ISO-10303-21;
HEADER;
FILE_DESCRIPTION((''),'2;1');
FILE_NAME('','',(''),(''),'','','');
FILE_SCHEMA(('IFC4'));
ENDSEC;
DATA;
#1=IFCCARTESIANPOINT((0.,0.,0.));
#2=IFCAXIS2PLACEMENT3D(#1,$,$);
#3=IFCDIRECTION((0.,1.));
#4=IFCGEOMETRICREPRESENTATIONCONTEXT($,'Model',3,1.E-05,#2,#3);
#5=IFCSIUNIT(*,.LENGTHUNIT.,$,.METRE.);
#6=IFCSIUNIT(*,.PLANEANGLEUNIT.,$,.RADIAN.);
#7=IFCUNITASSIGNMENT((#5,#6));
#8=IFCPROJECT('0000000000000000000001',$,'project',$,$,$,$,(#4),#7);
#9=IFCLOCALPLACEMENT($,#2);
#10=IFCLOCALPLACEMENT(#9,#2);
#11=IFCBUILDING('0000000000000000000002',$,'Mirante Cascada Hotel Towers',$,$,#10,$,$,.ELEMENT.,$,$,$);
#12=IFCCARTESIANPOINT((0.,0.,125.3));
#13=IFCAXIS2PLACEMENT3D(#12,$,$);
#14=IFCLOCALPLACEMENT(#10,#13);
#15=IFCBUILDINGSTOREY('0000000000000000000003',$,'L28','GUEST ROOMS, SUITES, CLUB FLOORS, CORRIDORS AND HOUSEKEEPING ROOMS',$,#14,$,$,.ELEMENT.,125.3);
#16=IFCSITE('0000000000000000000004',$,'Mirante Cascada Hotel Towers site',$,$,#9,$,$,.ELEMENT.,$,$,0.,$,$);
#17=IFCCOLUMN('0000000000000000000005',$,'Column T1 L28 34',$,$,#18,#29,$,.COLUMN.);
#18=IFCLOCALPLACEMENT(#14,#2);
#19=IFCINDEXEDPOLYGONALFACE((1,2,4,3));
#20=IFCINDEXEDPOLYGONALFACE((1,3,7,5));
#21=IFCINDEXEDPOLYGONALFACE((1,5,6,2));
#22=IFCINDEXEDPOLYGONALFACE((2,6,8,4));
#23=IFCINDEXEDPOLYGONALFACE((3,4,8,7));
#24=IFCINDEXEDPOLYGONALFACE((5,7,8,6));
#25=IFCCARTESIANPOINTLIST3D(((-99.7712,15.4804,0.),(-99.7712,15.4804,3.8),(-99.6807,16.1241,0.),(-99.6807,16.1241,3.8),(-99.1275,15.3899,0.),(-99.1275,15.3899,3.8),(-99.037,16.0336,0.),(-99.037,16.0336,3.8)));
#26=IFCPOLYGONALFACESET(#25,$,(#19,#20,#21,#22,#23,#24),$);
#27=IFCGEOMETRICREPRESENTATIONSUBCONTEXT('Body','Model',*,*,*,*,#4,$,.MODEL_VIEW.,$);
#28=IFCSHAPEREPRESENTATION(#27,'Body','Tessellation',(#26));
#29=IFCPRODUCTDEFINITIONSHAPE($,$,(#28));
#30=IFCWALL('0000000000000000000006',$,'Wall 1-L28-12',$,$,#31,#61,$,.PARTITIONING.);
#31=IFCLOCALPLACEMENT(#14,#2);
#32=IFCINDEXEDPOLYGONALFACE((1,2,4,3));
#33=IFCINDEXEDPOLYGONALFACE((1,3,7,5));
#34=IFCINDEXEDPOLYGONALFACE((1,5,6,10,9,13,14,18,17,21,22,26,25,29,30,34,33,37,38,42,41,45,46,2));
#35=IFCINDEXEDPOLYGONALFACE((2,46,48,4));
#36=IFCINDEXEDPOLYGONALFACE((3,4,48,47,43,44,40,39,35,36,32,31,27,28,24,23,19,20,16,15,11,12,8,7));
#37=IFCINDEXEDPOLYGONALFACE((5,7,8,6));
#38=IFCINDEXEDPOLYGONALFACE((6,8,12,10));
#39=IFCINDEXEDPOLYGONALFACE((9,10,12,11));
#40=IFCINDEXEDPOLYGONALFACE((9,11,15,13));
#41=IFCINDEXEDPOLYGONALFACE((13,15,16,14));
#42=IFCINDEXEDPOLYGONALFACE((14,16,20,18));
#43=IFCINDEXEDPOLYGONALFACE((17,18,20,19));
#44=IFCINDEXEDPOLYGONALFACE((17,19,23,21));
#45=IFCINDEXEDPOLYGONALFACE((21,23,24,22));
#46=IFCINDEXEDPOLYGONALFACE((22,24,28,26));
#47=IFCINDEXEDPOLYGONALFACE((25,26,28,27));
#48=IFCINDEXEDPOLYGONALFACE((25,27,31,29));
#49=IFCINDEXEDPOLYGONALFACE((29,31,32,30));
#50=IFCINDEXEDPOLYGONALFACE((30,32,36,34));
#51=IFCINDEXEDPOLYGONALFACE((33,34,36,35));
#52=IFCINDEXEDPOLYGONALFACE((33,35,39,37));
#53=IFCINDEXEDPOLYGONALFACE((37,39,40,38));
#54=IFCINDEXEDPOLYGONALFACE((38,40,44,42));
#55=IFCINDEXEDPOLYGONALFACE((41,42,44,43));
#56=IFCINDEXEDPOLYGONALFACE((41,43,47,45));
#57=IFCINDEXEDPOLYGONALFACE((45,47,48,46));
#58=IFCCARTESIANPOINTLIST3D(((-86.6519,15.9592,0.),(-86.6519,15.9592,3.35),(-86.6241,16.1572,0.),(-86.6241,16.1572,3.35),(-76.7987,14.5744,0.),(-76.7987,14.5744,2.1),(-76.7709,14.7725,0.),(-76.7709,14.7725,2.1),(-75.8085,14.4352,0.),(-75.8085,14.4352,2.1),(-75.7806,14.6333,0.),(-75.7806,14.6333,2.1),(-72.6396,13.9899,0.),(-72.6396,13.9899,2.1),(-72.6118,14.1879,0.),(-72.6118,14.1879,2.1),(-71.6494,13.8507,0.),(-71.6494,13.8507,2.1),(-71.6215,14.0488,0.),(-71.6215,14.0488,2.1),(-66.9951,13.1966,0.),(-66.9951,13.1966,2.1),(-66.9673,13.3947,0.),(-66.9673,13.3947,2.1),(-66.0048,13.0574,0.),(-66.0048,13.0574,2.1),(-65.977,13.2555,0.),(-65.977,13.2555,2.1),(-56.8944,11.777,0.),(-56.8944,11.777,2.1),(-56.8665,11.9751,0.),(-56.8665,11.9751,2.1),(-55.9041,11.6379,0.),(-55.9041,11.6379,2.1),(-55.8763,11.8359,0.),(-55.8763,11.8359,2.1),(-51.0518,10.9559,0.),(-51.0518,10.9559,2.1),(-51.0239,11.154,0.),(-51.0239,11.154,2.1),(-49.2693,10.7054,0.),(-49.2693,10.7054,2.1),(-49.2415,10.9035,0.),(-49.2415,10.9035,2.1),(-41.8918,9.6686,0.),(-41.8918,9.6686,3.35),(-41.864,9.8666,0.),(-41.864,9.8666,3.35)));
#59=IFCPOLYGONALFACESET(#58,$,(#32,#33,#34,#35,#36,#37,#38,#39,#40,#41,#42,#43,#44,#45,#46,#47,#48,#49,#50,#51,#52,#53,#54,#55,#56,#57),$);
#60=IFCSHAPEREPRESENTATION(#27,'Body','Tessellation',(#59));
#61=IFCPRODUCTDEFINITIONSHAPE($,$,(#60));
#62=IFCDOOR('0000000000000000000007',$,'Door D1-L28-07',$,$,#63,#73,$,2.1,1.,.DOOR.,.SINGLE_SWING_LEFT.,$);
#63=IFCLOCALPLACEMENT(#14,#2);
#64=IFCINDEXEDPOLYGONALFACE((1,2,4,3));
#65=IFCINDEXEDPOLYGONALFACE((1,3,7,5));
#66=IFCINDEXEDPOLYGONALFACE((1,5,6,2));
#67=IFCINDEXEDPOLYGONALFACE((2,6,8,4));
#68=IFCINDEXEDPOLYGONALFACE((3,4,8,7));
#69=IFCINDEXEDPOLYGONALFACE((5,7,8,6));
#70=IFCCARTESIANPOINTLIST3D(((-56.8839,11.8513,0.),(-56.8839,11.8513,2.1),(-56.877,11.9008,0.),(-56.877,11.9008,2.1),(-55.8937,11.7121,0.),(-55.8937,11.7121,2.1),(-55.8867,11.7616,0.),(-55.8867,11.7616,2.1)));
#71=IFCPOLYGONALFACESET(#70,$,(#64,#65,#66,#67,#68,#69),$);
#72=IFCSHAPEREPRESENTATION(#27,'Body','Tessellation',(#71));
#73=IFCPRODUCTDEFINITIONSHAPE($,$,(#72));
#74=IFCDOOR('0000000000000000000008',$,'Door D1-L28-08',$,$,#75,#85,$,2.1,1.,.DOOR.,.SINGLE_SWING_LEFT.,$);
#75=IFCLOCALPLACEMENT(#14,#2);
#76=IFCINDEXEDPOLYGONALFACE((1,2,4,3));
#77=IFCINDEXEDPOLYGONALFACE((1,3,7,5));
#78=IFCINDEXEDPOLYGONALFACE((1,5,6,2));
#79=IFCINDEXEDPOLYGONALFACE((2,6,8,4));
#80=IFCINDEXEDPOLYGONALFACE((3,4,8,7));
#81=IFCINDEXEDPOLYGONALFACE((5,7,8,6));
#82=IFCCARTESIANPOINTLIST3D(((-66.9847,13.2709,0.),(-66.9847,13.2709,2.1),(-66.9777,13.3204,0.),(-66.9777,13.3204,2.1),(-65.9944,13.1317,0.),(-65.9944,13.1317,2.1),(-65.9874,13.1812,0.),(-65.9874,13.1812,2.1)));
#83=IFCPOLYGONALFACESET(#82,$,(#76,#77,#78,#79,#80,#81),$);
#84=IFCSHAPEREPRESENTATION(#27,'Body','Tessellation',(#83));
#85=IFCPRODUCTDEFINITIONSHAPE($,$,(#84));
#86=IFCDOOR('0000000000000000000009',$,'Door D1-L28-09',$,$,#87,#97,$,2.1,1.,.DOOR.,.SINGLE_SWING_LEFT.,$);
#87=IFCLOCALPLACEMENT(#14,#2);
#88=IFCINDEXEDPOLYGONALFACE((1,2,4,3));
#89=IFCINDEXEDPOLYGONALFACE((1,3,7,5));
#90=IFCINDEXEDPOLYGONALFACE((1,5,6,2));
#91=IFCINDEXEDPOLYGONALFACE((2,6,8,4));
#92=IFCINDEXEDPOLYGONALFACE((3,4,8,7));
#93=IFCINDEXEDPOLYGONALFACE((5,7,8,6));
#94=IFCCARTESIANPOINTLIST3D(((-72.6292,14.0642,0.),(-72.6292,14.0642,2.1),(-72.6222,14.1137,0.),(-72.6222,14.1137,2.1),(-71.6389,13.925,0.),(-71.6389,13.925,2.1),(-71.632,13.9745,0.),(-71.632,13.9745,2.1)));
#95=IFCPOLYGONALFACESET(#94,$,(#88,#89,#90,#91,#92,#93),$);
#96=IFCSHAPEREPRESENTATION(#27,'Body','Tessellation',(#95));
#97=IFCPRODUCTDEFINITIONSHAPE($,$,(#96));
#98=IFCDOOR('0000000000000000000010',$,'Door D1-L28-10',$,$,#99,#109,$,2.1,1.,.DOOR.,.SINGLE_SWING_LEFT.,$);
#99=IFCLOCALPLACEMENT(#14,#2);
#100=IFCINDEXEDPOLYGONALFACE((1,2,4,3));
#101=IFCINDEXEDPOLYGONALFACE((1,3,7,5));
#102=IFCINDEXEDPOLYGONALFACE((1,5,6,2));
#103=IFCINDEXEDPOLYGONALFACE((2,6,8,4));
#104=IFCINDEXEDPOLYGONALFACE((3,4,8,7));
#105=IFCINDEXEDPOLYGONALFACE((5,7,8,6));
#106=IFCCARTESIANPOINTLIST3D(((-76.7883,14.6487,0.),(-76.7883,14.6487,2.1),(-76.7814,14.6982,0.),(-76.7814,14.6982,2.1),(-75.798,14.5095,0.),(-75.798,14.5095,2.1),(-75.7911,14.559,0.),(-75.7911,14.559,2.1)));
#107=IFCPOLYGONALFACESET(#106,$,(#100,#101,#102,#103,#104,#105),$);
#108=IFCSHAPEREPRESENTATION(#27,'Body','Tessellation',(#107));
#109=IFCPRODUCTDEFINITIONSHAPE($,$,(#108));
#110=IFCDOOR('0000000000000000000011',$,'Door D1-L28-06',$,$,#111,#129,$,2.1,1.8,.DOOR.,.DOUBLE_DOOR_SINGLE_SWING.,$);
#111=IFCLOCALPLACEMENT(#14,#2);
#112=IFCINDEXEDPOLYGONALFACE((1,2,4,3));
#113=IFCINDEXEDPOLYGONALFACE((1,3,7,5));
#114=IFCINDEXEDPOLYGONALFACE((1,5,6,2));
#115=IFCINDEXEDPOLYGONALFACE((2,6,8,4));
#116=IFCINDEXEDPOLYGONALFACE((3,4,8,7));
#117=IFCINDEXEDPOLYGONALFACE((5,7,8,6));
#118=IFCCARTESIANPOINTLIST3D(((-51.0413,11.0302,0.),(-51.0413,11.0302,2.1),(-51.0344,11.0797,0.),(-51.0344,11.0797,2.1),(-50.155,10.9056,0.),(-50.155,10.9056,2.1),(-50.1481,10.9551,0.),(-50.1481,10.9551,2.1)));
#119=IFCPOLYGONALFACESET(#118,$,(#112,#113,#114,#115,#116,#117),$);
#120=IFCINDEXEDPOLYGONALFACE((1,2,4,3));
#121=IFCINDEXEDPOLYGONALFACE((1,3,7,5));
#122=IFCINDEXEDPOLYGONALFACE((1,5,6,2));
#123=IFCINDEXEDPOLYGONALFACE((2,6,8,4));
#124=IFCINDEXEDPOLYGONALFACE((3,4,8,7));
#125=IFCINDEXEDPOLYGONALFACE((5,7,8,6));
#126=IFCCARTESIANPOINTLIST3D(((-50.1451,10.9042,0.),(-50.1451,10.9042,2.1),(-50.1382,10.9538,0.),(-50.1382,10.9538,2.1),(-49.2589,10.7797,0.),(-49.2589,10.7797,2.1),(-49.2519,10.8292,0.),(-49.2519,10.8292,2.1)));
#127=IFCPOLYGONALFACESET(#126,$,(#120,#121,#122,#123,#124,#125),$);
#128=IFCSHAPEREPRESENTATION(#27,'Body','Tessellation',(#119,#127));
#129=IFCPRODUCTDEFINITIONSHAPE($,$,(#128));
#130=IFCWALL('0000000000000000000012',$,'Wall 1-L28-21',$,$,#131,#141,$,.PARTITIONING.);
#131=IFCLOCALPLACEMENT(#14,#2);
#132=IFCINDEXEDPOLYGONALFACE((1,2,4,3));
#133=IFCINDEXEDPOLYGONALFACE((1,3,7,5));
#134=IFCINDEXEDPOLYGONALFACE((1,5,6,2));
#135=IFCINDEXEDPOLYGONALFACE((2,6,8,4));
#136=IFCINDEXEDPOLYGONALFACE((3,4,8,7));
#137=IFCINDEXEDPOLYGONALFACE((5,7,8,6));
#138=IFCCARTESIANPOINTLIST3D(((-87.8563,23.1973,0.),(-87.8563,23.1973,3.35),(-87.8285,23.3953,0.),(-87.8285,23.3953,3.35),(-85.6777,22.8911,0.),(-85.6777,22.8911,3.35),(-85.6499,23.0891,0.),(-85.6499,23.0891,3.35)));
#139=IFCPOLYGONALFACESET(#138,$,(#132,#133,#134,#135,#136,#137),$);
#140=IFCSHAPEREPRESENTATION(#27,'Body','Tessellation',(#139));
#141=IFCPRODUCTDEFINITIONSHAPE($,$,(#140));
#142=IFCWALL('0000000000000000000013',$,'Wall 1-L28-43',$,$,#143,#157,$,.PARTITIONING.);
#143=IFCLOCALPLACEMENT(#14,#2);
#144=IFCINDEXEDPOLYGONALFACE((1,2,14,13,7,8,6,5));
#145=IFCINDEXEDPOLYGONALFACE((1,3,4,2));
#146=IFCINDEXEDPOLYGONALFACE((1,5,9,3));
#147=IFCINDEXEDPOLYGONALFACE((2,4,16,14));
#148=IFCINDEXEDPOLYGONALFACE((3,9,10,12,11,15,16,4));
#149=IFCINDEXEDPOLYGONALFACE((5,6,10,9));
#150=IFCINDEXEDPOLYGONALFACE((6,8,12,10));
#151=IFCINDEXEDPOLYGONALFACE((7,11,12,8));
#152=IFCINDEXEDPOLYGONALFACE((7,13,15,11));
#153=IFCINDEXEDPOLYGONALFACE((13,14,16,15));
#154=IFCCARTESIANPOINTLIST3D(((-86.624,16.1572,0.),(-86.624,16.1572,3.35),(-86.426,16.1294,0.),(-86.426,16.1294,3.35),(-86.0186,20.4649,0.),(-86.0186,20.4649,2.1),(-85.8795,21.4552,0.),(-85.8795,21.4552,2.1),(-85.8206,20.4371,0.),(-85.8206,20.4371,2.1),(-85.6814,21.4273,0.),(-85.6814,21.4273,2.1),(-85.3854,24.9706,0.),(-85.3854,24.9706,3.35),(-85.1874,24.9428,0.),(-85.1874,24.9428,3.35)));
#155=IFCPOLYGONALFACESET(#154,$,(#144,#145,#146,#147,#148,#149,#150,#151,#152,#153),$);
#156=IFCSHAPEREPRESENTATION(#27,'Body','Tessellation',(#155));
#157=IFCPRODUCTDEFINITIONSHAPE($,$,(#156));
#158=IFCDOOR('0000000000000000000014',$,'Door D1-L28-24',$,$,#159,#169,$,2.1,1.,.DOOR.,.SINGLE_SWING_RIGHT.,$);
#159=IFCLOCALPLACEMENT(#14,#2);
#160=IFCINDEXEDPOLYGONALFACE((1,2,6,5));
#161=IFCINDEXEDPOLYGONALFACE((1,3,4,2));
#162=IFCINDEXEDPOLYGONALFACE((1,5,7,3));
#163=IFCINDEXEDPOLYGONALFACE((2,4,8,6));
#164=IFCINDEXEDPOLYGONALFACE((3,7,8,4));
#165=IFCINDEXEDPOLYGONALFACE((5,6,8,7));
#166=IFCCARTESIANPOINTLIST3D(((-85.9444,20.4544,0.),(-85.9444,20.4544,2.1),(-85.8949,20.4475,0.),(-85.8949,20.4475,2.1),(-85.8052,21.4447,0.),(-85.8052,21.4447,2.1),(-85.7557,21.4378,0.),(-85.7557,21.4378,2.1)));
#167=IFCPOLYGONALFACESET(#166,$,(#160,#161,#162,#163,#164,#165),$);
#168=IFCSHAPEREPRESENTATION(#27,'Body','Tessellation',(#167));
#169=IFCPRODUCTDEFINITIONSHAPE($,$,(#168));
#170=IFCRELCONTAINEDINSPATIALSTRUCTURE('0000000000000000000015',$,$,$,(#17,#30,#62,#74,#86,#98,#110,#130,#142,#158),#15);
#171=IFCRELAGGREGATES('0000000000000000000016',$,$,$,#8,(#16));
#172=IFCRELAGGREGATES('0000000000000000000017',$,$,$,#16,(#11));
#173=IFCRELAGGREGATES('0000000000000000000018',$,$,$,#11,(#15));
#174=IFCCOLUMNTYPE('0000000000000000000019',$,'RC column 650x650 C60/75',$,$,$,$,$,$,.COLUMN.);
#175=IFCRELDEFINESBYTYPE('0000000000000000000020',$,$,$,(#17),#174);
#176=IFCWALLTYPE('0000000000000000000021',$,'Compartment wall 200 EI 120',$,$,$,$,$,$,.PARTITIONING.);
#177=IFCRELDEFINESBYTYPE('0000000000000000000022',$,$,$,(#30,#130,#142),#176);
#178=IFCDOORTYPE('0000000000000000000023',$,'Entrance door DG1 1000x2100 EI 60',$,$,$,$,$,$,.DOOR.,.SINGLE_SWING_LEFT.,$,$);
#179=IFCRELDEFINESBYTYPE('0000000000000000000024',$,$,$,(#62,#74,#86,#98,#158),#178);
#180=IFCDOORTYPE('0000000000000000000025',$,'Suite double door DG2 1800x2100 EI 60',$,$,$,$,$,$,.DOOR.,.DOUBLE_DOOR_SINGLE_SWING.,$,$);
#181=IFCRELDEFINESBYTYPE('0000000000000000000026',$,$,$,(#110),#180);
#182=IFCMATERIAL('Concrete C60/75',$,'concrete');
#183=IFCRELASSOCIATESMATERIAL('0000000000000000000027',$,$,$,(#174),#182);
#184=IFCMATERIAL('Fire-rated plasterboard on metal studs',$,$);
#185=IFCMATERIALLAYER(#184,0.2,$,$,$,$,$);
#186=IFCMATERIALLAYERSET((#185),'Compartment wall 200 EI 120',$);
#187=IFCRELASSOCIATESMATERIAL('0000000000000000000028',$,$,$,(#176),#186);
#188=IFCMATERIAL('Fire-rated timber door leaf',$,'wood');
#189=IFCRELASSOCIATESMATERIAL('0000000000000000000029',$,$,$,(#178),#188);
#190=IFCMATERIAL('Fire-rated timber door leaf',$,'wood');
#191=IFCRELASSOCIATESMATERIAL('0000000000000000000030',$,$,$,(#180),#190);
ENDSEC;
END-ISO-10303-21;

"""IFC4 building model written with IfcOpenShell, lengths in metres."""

from ifc_helpers import new_model, si_unit, direction, frame, frame_2d, origin, origin_2d, place, context, subcontext, project, spatial, rectangle, extrude, material, layer, layer_set, material_profile, profile_set, type_object, element, fill, save


model = new_model("IFC4")

# Units and contexts
model_context = context("Model", 3, precision=1e-05, world=origin(), true_north=direction((0.0, 1.0)))
body_context = subcontext(model_context, "Body", "Model", "MODEL_VIEW")
ifc_project = project(units=[si_unit("LENGTHUNIT", "METRE"), si_unit("PLANEANGLEUNIT", "RADIAN")], contexts=[model_context])

# Site, building, storey
site_placement = place(None, origin())
site = spatial("IfcSite", under=ifc_project, at=site_placement, Name="Mirante Cascada Hotel Towers site", CompositionType="ELEMENT", RefElevation=0.0)
building_placement = place(site_placement, origin())
building = spatial("IfcBuilding", under=site, at=building_placement, Name="Mirante Cascada Hotel Towers", CompositionType="ELEMENT")
storey_placement = place(building_placement, frame((0.0, 0.0, 125.3)))
storey = spatial("IfcBuildingStorey", under=building, at=storey_placement, Name="L28", Description="GUEST ROOMS, SUITES, CLUB FLOORS, CORRIDORS AND HOUSEKEEPING ROOMS", CompositionType="ELEMENT", Elevation=125.3)

# Column
ifc_material_1 = material(Name="Concrete C60/75", Category="concrete")
ifc_material_profile = material_profile(ifc_material_1, rectangle(XDim=0.65, YDim=0.65, at=origin_2d()), Name="RC column 650x650 C60/75")
ifc_profile_set = profile_set([ifc_material_profile], Name="Concrete C60/75")
column_type = type_object("IfcColumnType", Name="RC column 650x650 C60/75", PredefinedType="COLUMN", material=ifc_profile_set)
column_placement = place(storey_placement, frame((-99.4041, 15.757, 0.0), z_axis=(0.0, 0.0, 1.0), x_axis=(-0.990268, 0.139173, 0.0)))
element("IfcColumn", 1, at=column_placement, inside=storey, type_object=column_type, Name="Column T1 L28 34", PredefinedType="COLUMN", context=body_context, shape_type="SweptSolid", body=[
    extrude(rectangle(XDim=0.65, YDim=0.65, at=origin_2d()), origin(), (0.0, 0.0, 1.0), 3.8),
])

# Wall, openings, doors
ifc_material_2 = material(Name="Fire-rated plasterboard on metal studs")
ifc_layer_1 = layer(ifc_material_2, 0.2)
ifc_layer_set_1 = layer_set([ifc_layer_1], Name="Compartment wall 200 EI 120")
wall_type_1 = type_object("IfcWallType", Name="Compartment wall 200 EI 120", PredefinedType="PARTITIONING", material=ifc_layer_set_1)
wall_1_placement = place(storey_placement, frame((-86.638, 16.0582, 0.0), z_axis=(0.0, 0.0, 1.0), x_axis=(0.990268, -0.139173, 0.0)))
wall_1 = element("IfcWall", 2, at=wall_1_placement, inside=storey, type_object=wall_type_1, Name="Wall 1-L28-12", PredefinedType="PARTITIONING", context=body_context, shape_type="SweptSolid", body=[
    extrude(rectangle(XDim=45.2, YDim=0.2, at=frame_2d((22.6, 0.0))), origin(), (0.0, 0.0, 1.0), 3.35),
])
opening_1_placement = place(wall_1_placement, frame((35.95, 0.0, 0.0)))
opening_1 = element("IfcOpeningElement", 3, at=opening_1_placement, cuts=wall_1, PredefinedType="OPENING", context=body_context, shape_type="SweptSolid", body=[
    extrude(rectangle(XDim=1.8, YDim=2.1, at=frame_2d((0.9, 1.05))), frame((0.0, 0.1, 0.0), z_axis=(0.0, -1.0, 0.0), x_axis=(1.0, 0.0, 0.0)), (0.0, 0.0, 1.0), 0.2),
])
opening_2_placement = place(wall_1_placement, frame((30.05, 0.0, 0.0)))
opening_2 = element("IfcOpeningElement", 4, at=opening_2_placement, cuts=wall_1, PredefinedType="OPENING", context=body_context, shape_type="SweptSolid", body=[
    extrude(rectangle(XDim=1.0, YDim=2.1, at=frame_2d((0.5, 1.05))), frame((0.0, 0.1, 0.0), z_axis=(0.0, -1.0, 0.0), x_axis=(1.0, 0.0, 0.0)), (0.0, 0.0, 1.0), 0.2),
])
opening_3_placement = place(wall_1_placement, frame((19.85, 0.0, 0.0)))
opening_3 = element("IfcOpeningElement", 5, at=opening_3_placement, cuts=wall_1, PredefinedType="OPENING", context=body_context, shape_type="SweptSolid", body=[
    extrude(rectangle(XDim=1.0, YDim=2.1, at=frame_2d((0.5, 1.05))), frame((0.0, 0.1, 0.0), z_axis=(0.0, -1.0, 0.0), x_axis=(1.0, 0.0, 0.0)), (0.0, 0.0, 1.0), 0.2),
])
opening_4_placement = place(wall_1_placement, frame((14.15, 0.0, 0.0)))
opening_4 = element("IfcOpeningElement", 6, at=opening_4_placement, cuts=wall_1, PredefinedType="OPENING", context=body_context, shape_type="SweptSolid", body=[
    extrude(rectangle(XDim=1.0, YDim=2.1, at=frame_2d((0.5, 1.05))), frame((0.0, 0.1, 0.0), z_axis=(0.0, -1.0, 0.0), x_axis=(1.0, 0.0, 0.0)), (0.0, 0.0, 1.0), 0.2),
])
opening_5_placement = place(wall_1_placement, frame((9.95, 0.0, 0.0)))
opening_5 = element("IfcOpeningElement", 7, at=opening_5_placement, cuts=wall_1, PredefinedType="OPENING", context=body_context, shape_type="SweptSolid", body=[
    extrude(rectangle(XDim=1.0, YDim=2.1, at=frame_2d((0.5, 1.05))), frame((0.0, 0.1, 0.0), z_axis=(0.0, -1.0, 0.0), x_axis=(1.0, 0.0, 0.0)), (0.0, 0.0, 1.0), 0.2),
])
ifc_material_3 = material(Name="Fire-rated timber door leaf", Category="wood")
door_type_1 = type_object("IfcDoorType", Name="Entrance door DG1 1000x2100 EI 60", OperationType="SINGLE_SWING_LEFT", PredefinedType="DOOR", material=ifc_material_3)
door_1_placement = place(opening_2_placement, origin())
door_1 = element("IfcDoor", 8, at=door_1_placement, inside=storey, type_object=door_type_1, Name="Door D1-L28-07", OperationType="SINGLE_SWING_LEFT", OverallHeight=2.1, OverallWidth=1.0, PredefinedType="DOOR", context=body_context, shape_type="SweptSolid", body=[
    extrude(rectangle(XDim=1.0, YDim=2.1, at=frame_2d((0.5, 1.05))), frame((0.0, 0.025, 0.0), z_axis=(0.0, -1.0, 0.0), x_axis=(1.0, 0.0, 0.0)), (0.0, 0.0, 1.0), 0.05),
])
fill(opening_2, door_1)
door_2_placement = place(opening_3_placement, origin())
door_2 = element("IfcDoor", 9, at=door_2_placement, inside=storey, type_object=door_type_1, Name="Door D1-L28-08", OperationType="SINGLE_SWING_LEFT", OverallHeight=2.1, OverallWidth=1.0, PredefinedType="DOOR", context=body_context, shape_type="SweptSolid", body=[
    extrude(rectangle(XDim=1.0, YDim=2.1, at=frame_2d((0.5, 1.05))), frame((0.0, 0.025, 0.0), z_axis=(0.0, -1.0, 0.0), x_axis=(1.0, 0.0, 0.0)), (0.0, 0.0, 1.0), 0.05),
])
fill(opening_3, door_2)
door_3_placement = place(opening_4_placement, origin())
door_3 = element("IfcDoor", 10, at=door_3_placement, inside=storey, type_object=door_type_1, Name="Door D1-L28-09", OperationType="SINGLE_SWING_LEFT", OverallHeight=2.1, OverallWidth=1.0, PredefinedType="DOOR", context=body_context, shape_type="SweptSolid", body=[
    extrude(rectangle(XDim=1.0, YDim=2.1, at=frame_2d((0.5, 1.05))), frame((0.0, 0.025, 0.0), z_axis=(0.0, -1.0, 0.0), x_axis=(1.0, 0.0, 0.0)), (0.0, 0.0, 1.0), 0.05),
])
fill(opening_4, door_3)
door_4_placement = place(opening_5_placement, origin())
door_4 = element("IfcDoor", 11, at=door_4_placement, inside=storey, type_object=door_type_1, Name="Door D1-L28-10", OperationType="SINGLE_SWING_LEFT", OverallHeight=2.1, OverallWidth=1.0, PredefinedType="DOOR", context=body_context, shape_type="SweptSolid", body=[
    extrude(rectangle(XDim=1.0, YDim=2.1, at=frame_2d((0.5, 1.05))), frame((0.0, 0.025, 0.0), z_axis=(0.0, -1.0, 0.0), x_axis=(1.0, 0.0, 0.0)), (0.0, 0.0, 1.0), 0.05),
])
fill(opening_5, door_4)
ifc_material_4 = material(Name="Fire-rated timber door leaf", Category="wood")
door_type_2 = type_object("IfcDoorType", Name="Suite double door DG2 1800x2100 EI 60", OperationType="DOUBLE_DOOR_SINGLE_SWING", PredefinedType="DOOR", material=ifc_material_4)
door_5_placement = place(opening_1_placement, origin())
door_5 = element("IfcDoor", 12, at=door_5_placement, inside=storey, type_object=door_type_2, Name="Door D1-L28-06", OperationType="DOUBLE_DOOR_SINGLE_SWING", OverallHeight=2.1, OverallWidth=1.8, PredefinedType="DOOR", context=body_context, shape_type="SweptSolid", body=[
    extrude(rectangle(XDim=0.895, YDim=2.1, at=frame_2d((0.4475, 1.05))), frame((0.0, 0.025, 0.0), z_axis=(0.0, -1.0, 0.0), x_axis=(1.0, 0.0, 0.0)), (0.0, 0.0, 1.0), 0.05),
    extrude(rectangle(XDim=0.895, YDim=2.1, at=frame_2d((1.3525, 1.05))), frame((0.0, 0.025, 0.0), z_axis=(0.0, -1.0, 0.0), x_axis=(1.0, 0.0, 0.0)), (0.0, 0.0, 1.0), 0.05),
])
fill(opening_1, door_5)

# Wall
wall_2_placement = place(storey_placement, frame((-85.6638, 22.9901, 0.0), z_axis=(0.0, 0.0, 1.0), x_axis=(-0.990267, 0.139181, 0.0)))
element("IfcWall", 13, at=wall_2_placement, inside=storey, type_object=wall_type_1, Name="Wall 1-L28-21", PredefinedType="PARTITIONING", context=body_context, shape_type="SweptSolid", body=[
    extrude(rectangle(XDim=2.2, YDim=0.2, at=frame_2d((1.1, 0.0))), origin(), (0.0, 0.0, 1.0), 3.35),
])

# Wall, opening, door
wall_3_placement = place(storey_placement, frame((-86.525, 16.1433, 0.0), z_axis=(0.0, 0.0, 1.0), x_axis=(0.139168, 0.990269, 0.0)))
wall_3 = element("IfcWall", 14, at=wall_3_placement, inside=storey, type_object=wall_type_1, Name="Wall 1-L28-43", PredefinedType="PARTITIONING", context=body_context, shape_type="SweptSolid", body=[
    extrude(rectangle(XDim=8.9, YDim=0.2, at=frame_2d((4.45, 0.0))), origin(), (0.0, 0.0, 1.0), 3.35),
])
opening_6_placement = place(wall_3_placement, frame((4.35, 0.0, 0.0)))
opening_6 = element("IfcOpeningElement", 15, at=opening_6_placement, cuts=wall_3, PredefinedType="OPENING", context=body_context, shape_type="SweptSolid", body=[
    extrude(rectangle(XDim=1.0, YDim=2.1, at=frame_2d((0.5, 1.05))), frame((0.0, 0.1, 0.0), z_axis=(0.0, -1.0, 0.0), x_axis=(1.0, 0.0, 0.0)), (0.0, 0.0, 1.0), 0.2),
])
door_6_placement = place(opening_6_placement, frame((1.0, 0.0, 0.0), z_axis=(0.0, 0.0, 1.0), x_axis=(-1.0, 0.0, 0.0)))
door_6 = element("IfcDoor", 16, at=door_6_placement, inside=storey, type_object=door_type_1, Name="Door D1-L28-24", OperationType="SINGLE_SWING_RIGHT", OverallHeight=2.1, OverallWidth=1.0, PredefinedType="DOOR", context=body_context, shape_type="SweptSolid", body=[
    extrude(rectangle(XDim=1.0, YDim=2.1, at=frame_2d((0.5, 1.05))), frame((0.0, 0.025, 0.0), z_axis=(0.0, -1.0, 0.0), x_axis=(1.0, 0.0, 0.0)), (0.0, 0.0, 1.0), 0.05),
])
fill(opening_6, door_6)

save(model, "model.ifc")
